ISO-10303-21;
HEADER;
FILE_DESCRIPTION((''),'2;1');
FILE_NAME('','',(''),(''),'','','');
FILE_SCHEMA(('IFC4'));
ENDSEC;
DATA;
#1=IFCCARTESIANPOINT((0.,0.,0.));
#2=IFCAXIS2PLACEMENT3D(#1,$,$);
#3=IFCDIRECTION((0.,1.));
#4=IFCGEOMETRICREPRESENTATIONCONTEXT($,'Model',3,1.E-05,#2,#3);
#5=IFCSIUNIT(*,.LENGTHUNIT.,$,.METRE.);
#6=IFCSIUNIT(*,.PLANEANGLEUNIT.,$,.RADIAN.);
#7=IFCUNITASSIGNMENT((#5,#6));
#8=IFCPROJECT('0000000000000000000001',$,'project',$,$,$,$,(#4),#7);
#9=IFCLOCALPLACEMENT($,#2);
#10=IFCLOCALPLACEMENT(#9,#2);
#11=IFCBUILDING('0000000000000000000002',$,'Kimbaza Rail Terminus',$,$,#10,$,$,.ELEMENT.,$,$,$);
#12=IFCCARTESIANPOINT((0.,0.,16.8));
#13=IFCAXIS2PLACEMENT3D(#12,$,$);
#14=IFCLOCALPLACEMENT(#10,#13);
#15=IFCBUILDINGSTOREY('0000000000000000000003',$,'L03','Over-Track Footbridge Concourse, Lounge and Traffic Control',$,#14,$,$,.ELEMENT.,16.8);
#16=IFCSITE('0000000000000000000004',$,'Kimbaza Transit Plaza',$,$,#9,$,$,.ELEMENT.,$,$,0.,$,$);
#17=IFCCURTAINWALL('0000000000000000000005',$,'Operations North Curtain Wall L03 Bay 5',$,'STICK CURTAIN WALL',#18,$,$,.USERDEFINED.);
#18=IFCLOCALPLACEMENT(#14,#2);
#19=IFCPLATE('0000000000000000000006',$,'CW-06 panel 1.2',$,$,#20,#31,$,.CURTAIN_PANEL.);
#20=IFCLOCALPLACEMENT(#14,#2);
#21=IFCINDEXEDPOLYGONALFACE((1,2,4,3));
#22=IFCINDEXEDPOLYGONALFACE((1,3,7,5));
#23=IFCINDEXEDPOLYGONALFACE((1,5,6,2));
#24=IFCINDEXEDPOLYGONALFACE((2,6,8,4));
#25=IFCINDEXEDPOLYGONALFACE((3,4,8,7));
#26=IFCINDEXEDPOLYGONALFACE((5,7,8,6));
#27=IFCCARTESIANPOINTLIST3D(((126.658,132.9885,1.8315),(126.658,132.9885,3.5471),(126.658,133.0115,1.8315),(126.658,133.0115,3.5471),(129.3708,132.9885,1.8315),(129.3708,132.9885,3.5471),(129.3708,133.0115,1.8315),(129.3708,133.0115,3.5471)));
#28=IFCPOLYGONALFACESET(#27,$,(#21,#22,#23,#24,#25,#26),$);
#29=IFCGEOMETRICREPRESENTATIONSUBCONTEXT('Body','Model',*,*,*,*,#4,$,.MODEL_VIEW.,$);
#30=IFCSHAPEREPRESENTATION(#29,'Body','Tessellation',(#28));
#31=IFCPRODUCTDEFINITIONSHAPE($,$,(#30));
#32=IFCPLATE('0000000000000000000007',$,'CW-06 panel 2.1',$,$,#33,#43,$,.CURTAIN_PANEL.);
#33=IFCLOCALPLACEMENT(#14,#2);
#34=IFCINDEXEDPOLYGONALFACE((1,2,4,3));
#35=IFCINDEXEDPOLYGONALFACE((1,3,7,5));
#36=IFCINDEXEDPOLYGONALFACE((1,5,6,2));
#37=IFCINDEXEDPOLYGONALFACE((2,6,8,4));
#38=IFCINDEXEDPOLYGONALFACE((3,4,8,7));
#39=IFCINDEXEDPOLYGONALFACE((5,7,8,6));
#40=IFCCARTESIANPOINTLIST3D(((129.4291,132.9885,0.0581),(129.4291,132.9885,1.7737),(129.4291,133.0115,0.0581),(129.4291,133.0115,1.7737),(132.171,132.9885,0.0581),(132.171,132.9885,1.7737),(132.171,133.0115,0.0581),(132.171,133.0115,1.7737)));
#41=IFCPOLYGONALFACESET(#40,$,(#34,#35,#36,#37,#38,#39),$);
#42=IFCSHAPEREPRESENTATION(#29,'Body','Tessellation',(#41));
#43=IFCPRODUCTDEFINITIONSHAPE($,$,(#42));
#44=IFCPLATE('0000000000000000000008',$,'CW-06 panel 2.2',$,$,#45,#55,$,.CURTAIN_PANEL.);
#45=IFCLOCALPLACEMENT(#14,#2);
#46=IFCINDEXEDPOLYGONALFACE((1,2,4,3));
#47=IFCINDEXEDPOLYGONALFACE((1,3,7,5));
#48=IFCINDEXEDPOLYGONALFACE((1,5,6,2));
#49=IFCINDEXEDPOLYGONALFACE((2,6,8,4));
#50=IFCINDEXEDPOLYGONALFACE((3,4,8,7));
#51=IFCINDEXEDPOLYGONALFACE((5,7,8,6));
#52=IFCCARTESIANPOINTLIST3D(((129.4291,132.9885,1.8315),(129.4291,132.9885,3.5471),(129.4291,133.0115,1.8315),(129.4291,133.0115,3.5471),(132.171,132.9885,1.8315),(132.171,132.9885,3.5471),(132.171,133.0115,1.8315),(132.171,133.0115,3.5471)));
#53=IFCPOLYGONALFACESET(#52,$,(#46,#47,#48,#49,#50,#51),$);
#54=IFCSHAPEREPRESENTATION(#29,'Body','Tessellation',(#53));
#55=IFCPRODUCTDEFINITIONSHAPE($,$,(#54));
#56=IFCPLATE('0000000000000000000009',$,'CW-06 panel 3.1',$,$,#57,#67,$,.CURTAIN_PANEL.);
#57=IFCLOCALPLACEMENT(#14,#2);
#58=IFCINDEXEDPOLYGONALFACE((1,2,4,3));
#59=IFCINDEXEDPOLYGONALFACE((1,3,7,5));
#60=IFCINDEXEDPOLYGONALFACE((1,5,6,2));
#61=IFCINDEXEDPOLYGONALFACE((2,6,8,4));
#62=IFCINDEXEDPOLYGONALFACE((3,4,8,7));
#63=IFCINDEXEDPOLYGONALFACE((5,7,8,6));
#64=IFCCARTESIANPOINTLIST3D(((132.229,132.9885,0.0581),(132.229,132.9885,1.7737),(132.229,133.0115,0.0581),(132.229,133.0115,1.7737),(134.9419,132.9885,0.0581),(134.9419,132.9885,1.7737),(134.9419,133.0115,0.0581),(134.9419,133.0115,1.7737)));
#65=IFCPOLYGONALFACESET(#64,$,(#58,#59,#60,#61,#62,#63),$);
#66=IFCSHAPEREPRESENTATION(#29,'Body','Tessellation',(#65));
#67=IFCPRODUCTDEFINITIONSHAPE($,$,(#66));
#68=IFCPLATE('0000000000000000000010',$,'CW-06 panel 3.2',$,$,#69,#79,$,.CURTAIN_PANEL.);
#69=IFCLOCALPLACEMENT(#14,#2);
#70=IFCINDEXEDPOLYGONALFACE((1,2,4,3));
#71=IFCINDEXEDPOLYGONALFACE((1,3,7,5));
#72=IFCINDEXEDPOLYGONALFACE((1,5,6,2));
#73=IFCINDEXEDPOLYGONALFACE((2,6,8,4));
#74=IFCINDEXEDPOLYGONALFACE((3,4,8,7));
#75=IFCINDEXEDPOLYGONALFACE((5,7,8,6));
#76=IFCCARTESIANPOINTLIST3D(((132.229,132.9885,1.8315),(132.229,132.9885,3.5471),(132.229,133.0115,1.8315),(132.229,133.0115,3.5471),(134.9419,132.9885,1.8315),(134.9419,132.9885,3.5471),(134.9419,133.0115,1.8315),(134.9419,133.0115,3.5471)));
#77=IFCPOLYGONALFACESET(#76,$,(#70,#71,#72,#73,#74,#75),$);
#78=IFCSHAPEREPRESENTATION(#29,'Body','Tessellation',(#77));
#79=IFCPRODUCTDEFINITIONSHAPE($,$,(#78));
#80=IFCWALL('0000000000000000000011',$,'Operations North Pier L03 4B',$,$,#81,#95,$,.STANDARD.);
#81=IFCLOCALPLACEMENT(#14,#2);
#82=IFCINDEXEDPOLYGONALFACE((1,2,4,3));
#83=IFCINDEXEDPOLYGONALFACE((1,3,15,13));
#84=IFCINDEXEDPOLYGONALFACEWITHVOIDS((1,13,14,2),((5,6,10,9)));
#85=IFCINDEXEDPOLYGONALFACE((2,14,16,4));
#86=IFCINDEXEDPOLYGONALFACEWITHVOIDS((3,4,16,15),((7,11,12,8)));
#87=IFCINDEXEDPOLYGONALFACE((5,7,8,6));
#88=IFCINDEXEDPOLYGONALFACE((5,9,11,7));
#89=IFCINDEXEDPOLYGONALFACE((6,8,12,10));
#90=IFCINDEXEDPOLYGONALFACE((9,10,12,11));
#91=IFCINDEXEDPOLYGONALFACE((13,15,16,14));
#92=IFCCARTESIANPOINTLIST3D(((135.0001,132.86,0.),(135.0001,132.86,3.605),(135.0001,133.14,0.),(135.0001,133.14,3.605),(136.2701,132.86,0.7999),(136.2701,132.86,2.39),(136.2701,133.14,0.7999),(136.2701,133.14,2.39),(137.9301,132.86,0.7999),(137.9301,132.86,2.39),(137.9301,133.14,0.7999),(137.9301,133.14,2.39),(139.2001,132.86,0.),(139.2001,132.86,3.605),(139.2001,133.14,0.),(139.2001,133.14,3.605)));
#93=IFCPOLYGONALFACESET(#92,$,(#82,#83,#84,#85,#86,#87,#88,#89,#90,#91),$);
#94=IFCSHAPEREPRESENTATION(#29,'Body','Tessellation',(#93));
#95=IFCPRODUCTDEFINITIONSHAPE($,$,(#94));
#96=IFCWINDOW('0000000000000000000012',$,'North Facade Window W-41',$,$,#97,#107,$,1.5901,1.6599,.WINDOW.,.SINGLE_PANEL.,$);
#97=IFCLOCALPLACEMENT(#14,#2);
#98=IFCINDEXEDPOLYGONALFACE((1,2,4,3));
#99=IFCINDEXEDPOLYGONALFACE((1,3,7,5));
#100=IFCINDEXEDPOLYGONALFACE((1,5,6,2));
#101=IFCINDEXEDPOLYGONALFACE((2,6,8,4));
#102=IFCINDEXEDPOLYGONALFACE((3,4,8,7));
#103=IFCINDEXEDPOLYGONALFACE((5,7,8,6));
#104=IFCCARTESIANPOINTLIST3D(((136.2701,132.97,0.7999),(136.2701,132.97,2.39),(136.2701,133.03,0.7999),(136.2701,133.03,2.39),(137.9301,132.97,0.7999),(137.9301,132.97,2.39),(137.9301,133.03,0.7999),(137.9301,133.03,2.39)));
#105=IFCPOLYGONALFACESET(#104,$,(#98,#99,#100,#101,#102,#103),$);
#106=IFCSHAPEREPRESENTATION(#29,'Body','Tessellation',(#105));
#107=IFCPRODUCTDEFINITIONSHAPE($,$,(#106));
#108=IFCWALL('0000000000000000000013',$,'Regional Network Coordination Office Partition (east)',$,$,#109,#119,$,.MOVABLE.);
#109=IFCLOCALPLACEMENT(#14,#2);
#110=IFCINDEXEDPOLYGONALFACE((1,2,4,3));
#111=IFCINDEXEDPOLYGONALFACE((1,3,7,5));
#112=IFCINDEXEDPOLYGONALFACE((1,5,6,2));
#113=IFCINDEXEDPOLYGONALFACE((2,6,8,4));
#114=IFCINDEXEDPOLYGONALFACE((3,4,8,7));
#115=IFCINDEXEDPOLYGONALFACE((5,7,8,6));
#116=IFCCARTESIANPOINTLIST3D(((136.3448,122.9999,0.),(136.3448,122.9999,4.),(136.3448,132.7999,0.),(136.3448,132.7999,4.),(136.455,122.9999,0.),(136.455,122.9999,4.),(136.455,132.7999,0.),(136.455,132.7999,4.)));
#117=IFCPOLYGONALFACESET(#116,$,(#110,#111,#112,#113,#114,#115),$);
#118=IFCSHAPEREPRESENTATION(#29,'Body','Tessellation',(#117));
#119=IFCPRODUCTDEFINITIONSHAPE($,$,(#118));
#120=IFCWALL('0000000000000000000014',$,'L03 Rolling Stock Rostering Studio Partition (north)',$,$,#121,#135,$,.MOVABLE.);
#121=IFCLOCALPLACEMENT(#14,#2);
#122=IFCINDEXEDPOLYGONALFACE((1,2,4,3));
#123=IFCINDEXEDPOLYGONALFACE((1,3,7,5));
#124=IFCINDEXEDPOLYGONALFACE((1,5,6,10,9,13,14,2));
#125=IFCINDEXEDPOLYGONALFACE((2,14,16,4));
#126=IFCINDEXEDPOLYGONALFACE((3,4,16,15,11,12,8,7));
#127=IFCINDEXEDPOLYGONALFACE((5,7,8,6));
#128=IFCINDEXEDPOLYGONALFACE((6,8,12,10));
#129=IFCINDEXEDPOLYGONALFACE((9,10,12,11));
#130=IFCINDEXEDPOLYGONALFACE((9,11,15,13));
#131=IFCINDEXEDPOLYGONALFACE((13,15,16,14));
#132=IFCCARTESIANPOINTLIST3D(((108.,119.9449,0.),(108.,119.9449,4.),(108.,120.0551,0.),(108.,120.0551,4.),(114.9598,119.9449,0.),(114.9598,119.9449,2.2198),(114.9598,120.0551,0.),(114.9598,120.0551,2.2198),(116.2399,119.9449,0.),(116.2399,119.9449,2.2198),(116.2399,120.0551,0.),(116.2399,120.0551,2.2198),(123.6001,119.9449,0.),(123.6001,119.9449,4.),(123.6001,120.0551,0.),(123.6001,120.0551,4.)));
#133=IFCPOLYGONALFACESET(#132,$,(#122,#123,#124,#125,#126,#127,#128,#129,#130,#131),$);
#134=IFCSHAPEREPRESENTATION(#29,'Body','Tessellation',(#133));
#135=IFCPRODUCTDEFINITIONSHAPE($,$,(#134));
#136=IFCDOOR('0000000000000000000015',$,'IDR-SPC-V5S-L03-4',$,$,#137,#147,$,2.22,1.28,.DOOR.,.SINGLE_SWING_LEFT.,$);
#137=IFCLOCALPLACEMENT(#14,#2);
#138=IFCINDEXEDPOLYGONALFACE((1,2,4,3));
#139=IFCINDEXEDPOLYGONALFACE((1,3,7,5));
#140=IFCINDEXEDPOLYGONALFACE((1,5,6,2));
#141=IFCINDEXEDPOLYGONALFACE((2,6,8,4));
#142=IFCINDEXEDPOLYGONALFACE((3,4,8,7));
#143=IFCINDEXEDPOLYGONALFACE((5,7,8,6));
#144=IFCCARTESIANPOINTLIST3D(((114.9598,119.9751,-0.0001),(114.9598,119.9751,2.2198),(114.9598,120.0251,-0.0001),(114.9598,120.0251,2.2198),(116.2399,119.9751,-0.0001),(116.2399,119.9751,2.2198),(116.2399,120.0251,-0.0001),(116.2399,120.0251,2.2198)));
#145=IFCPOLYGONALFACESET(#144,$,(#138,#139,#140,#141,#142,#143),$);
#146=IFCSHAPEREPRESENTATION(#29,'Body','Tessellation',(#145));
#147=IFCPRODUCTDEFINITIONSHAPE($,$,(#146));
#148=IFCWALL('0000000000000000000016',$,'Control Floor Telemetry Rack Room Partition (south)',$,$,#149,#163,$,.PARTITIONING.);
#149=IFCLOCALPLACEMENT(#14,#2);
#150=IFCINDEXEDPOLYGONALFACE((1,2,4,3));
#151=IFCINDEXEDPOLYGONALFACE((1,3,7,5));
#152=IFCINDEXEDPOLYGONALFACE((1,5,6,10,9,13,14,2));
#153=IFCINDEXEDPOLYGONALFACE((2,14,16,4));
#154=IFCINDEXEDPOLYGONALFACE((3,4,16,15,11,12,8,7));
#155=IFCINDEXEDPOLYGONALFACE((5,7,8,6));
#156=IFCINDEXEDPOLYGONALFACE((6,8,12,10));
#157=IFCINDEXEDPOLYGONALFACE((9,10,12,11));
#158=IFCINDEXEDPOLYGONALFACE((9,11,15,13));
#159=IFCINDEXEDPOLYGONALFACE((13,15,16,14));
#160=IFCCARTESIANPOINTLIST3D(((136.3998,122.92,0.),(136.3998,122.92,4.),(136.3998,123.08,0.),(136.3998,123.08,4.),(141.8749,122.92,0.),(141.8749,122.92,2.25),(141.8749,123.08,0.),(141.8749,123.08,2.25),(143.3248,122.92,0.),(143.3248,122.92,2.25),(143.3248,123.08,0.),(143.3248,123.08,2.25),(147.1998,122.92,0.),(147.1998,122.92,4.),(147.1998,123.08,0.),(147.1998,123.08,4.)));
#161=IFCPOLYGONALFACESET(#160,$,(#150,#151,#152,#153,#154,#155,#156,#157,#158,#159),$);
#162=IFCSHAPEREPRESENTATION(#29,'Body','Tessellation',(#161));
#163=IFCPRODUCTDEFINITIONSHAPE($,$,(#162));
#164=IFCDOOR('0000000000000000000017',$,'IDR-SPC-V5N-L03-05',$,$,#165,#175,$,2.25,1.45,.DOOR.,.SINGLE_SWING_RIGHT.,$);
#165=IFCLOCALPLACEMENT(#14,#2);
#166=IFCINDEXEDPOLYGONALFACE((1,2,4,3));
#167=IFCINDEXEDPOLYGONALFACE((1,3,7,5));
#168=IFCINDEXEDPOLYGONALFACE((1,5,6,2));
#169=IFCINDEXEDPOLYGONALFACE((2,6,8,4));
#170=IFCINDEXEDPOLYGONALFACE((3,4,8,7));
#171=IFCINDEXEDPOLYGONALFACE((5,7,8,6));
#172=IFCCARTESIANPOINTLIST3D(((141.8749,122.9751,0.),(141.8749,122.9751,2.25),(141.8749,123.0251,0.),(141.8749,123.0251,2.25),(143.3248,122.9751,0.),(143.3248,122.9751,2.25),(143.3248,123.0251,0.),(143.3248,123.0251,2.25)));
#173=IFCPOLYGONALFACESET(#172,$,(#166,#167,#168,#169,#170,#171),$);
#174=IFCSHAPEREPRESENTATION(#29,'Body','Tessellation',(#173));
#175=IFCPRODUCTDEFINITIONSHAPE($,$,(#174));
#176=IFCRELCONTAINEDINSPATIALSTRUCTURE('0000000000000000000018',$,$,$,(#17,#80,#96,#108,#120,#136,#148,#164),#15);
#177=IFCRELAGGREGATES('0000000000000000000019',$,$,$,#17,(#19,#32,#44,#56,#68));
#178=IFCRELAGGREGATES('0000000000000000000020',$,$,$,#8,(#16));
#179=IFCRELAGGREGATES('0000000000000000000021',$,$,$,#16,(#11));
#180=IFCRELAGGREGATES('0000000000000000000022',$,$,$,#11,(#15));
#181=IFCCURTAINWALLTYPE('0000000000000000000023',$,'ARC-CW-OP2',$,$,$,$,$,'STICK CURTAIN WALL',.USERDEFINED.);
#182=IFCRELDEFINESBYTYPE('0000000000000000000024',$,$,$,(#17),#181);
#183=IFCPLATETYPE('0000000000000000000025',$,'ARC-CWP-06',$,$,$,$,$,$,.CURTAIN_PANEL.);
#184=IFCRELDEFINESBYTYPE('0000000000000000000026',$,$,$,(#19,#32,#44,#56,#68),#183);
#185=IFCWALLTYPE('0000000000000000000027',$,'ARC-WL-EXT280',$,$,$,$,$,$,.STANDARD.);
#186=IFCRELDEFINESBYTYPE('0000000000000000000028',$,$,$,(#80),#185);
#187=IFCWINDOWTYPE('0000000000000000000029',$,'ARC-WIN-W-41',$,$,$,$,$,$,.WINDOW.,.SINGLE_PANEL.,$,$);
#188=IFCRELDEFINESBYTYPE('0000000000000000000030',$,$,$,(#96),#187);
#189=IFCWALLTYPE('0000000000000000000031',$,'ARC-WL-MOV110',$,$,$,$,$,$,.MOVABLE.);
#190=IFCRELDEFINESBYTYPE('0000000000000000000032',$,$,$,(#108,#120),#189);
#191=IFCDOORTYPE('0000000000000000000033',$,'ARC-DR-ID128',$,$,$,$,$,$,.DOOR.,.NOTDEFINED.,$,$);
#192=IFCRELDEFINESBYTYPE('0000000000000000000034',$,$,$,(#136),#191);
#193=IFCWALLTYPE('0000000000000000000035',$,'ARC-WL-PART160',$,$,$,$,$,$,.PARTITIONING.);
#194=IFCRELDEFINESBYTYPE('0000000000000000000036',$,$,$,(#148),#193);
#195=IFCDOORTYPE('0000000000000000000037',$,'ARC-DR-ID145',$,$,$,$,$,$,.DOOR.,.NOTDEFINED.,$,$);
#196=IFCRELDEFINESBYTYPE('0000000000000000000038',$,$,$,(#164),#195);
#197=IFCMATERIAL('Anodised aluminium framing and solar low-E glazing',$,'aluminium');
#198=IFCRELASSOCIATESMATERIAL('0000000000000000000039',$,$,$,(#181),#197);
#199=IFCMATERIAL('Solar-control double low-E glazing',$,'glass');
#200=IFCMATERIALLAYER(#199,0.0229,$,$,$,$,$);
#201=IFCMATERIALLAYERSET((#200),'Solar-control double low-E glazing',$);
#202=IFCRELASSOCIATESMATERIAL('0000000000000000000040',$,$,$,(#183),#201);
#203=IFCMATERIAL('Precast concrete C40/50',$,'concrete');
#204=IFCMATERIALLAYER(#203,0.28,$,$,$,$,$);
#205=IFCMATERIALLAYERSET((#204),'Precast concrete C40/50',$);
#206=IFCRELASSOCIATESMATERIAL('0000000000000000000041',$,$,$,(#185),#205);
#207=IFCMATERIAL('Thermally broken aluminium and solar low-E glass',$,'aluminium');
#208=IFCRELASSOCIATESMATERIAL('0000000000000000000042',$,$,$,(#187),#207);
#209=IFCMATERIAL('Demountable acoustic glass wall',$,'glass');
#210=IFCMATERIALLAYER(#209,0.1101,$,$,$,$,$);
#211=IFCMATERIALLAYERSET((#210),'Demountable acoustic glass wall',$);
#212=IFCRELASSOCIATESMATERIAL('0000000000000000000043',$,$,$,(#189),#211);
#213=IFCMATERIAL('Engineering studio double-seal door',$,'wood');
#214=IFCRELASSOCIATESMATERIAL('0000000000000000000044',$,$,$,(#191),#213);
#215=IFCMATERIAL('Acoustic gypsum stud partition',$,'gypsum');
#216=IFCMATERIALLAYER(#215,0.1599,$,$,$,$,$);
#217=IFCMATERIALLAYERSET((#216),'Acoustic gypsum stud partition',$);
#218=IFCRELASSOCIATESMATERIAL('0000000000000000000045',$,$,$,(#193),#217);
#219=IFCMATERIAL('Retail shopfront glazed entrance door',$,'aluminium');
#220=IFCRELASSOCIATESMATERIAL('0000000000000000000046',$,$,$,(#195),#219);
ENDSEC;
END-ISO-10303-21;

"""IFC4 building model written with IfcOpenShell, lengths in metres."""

from ifc_helpers import new_model, si_unit, direction, frame, frame_2d, origin, origin_2d, place, context, subcontext, project, spatial, rectangle, extrude, material, layer, layer_set, type_object, element, fill, aggregate, save


model = new_model("IFC4")

# Units and contexts
model_context = context("Model", 3, precision=1e-05, world=origin(), true_north=direction((0.0, 1.0)))
body_context = subcontext(model_context, "Body", "Model", "MODEL_VIEW")
ifc_project = project(units=[si_unit("LENGTHUNIT", "METRE"), si_unit("PLANEANGLEUNIT", "RADIAN")], contexts=[model_context])

# Site, building, storey
site_placement = place(None, origin())
site = spatial("IfcSite", under=ifc_project, at=site_placement, Name="Kimbaza Transit Plaza", CompositionType="ELEMENT", RefElevation=0.0)
building_placement = place(site_placement, origin())
building = spatial("IfcBuilding", under=site, at=building_placement, Name="Kimbaza Rail Terminus", CompositionType="ELEMENT")
storey_placement = place(building_placement, frame((0.0, 0.0, 16.8)))
storey = spatial("IfcBuildingStorey", under=building, at=storey_placement, Name="L03", Description="Over-Track Footbridge Concourse, Lounge and Traffic Control", CompositionType="ELEMENT", Elevation=16.8)

# Curtain wall, plates
ifc_material_1 = material(Name="Anodised aluminium framing and solar low-E glazing", Category="aluminium")
curtain_wall_type = type_object("IfcCurtainWallType", Name="ARC-CW-OP2", ElementType="STICK CURTAIN WALL", PredefinedType="USERDEFINED", material=ifc_material_1)
curtain_wall_placement = place(storey_placement, origin())
curtain_wall = element("IfcCurtainWall", 1, at=curtain_wall_placement, inside=storey, type_object=curtain_wall_type, Name="Operations North Curtain Wall L03 Bay 5", ObjectType="STICK CURTAIN WALL", PredefinedType="USERDEFINED")
ifc_material_2 = material(Name="Solar-control double low-E glazing", Category="glass")
ifc_layer_1 = layer(ifc_material_2, 0.0229)
ifc_layer_set_1 = layer_set([ifc_layer_1], Name="Solar-control double low-E glazing")
plate_type = type_object("IfcPlateType", Name="ARC-CWP-06", PredefinedType="CURTAIN_PANEL", material=ifc_layer_set_1)
plate_1_placement = place(storey_placement, frame((128.0144, 133.0, 1.8315), z_axis=(0.0, 0.0, 1.0), x_axis=(1.0, 0.0, 0.0)))
plate_1 = element("IfcPlate", 2, at=plate_1_placement, type_object=plate_type, Name="CW-06 panel 1.2", PredefinedType="CURTAIN_PANEL", context=body_context, shape_type="SweptSolid", body=[
    extrude(rectangle(XDim=2.7129, YDim=0.0229, at=origin_2d()), origin(), (0.0, 0.0, 1.0), 1.7156),
])
plate_2_placement = place(storey_placement, frame((130.8, 133.0, 0.0581), z_axis=(0.0, 0.0, 1.0), x_axis=(1.0, 0.0, 0.0)))
plate_2 = element("IfcPlate", 3, at=plate_2_placement, type_object=plate_type, Name="CW-06 panel 2.1", PredefinedType="CURTAIN_PANEL", context=body_context, shape_type="SweptSolid", body=[
    extrude(rectangle(XDim=2.7419, YDim=0.0229, at=origin_2d()), origin(), (0.0, 0.0, 1.0), 1.7156),
])
plate_3_placement = place(storey_placement, frame((130.8, 133.0, 1.8315), z_axis=(0.0, 0.0, 1.0), x_axis=(1.0, 0.0, 0.0)))
plate_3 = element("IfcPlate", 4, at=plate_3_placement, type_object=plate_type, Name="CW-06 panel 2.2", PredefinedType="CURTAIN_PANEL", context=body_context, shape_type="SweptSolid", body=[
    extrude(rectangle(XDim=2.7419, YDim=0.0229, at=origin_2d()), origin(), (0.0, 0.0, 1.0), 1.7156),
])
plate_4_placement = place(storey_placement, frame((133.5854, 133.0, 0.0581), z_axis=(0.0, 0.0, 1.0), x_axis=(1.0, 0.0, 0.0)))
plate_4 = element("IfcPlate", 5, at=plate_4_placement, type_object=plate_type, Name="CW-06 panel 3.1", PredefinedType="CURTAIN_PANEL", context=body_context, shape_type="SweptSolid", body=[
    extrude(rectangle(XDim=2.7129, YDim=0.0229, at=origin_2d()), origin(), (0.0, 0.0, 1.0), 1.7156),
])
plate_5_placement = place(storey_placement, frame((133.5854, 133.0, 1.8315), z_axis=(0.0, 0.0, 1.0), x_axis=(1.0, 0.0, 0.0)))
plate_5 = element("IfcPlate", 6, at=plate_5_placement, type_object=plate_type, Name="CW-06 panel 3.2", PredefinedType="CURTAIN_PANEL", context=body_context, shape_type="SweptSolid", body=[
    extrude(rectangle(XDim=2.7129, YDim=0.0229, at=origin_2d()), origin(), (0.0, 0.0, 1.0), 1.7156),
])
aggregate(curtain_wall, [plate_1, plate_2, plate_3, plate_4, plate_5])

# Wall, opening, window
ifc_material_3 = material(Name="Precast concrete C40/50", Category="concrete")
ifc_layer_2 = layer(ifc_material_3, 0.28)
ifc_layer_set_2 = layer_set([ifc_layer_2], Name="Precast concrete C40/50")
wall_type_1 = type_object("IfcWallType", Name="ARC-WL-EXT280", PredefinedType="STANDARD", material=ifc_layer_set_2)
wall_1_placement = place(storey_placement, frame((135.0, 133.0, 0.0), z_axis=(0.0, 0.0, 1.0), x_axis=(1.0, 0.0, 0.0)))
wall_1 = element("IfcWall", 7, at=wall_1_placement, inside=storey, type_object=wall_type_1, Name="Operations North Pier L03 4B", PredefinedType="STANDARD", context=body_context, shape_type="SweptSolid", body=[
    extrude(rectangle(XDim=4.2, YDim=0.28, at=frame_2d((2.1001, 0.0))), origin(), (0.0, 0.0, 1.0), 3.605),
])
opening_1_placement = place(wall_1_placement, frame((1.27, 0.0, 0.8)))
opening_1 = element("IfcOpeningElement", 8, at=opening_1_placement, cuts=wall_1, PredefinedType="OPENING", context=body_context, shape_type="SweptSolid", body=[
    extrude(rectangle(XDim=1.6599, YDim=1.5901, at=frame_2d((0.8301, 0.7949))), frame((0.0, 0.1499, 0.0), z_axis=(0.0, -1.0, 0.0), x_axis=(1.0, 0.0, 0.0)), (0.0, 0.0, 1.0), 0.3),
])
ifc_material_4 = material(Name="Thermally broken aluminium and solar low-E glass", Category="aluminium")
window_type = type_object("IfcWindowType", Name="ARC-WIN-W-41", PartitioningType="SINGLE_PANEL", PredefinedType="WINDOW", material=ifc_material_4)
window_placement = place(opening_1_placement, origin())
window = element("IfcWindow", 9, at=window_placement, inside=storey, type_object=window_type, Name="North Facade Window W-41", OverallHeight=1.5901, OverallWidth=1.6599, PartitioningType="SINGLE_PANEL", PredefinedType="WINDOW", context=body_context, shape_type="SweptSolid", body=[
    extrude(rectangle(XDim=1.6599, YDim=1.5901, at=frame_2d((0.8301, 0.7949))), frame((0.0, 0.03, 0.0), z_axis=(0.0, -1.0, 0.0), x_axis=(1.0, 0.0, 0.0)), (0.0, 0.0, 1.0), 0.0601),
])
fill(opening_1, window)

# Wall
ifc_material_5 = material(Name="Demountable acoustic glass wall", Category="glass")
ifc_layer_3 = layer(ifc_material_5, 0.1101)
ifc_layer_set_3 = layer_set([ifc_layer_3], Name="Demountable acoustic glass wall")
wall_type_2 = type_object("IfcWallType", Name="ARC-WL-MOV110", PredefinedType="MOVABLE", material=ifc_layer_set_3)
wall_2_placement = place(storey_placement, frame((136.3999, 123.0, 0.0), z_axis=(0.0, 0.0, 1.0), x_axis=(0.0, 1.0, 0.0)))
element("IfcWall", 10, at=wall_2_placement, inside=storey, type_object=wall_type_2, Name="Regional Network Coordination Office Partition (east)", PredefinedType="MOVABLE", context=body_context, shape_type="SweptSolid", body=[
    extrude(rectangle(XDim=9.8, YDim=0.1101, at=frame_2d((4.8999, 0.0))), origin(), (0.0, 0.0, 1.0), 4.0),
])

# Walls, openings, doors
wall_3_placement = place(storey_placement, frame((123.6001, 120.0, 0.0), z_axis=(0.0, 0.0, 1.0), x_axis=(-1.0, 0.0, 0.0)))
wall_3 = element("IfcWall", 11, at=wall_3_placement, inside=storey, type_object=wall_type_2, Name="L03 Rolling Stock Rostering Studio Partition (north)", PredefinedType="MOVABLE", context=body_context, shape_type="SweptSolid", body=[
    extrude(rectangle(XDim=15.6001, YDim=0.1101, at=frame_2d((7.8, 0.0))), origin(), (0.0, 0.0, 1.0), 4.0),
])
opening_2_placement = place(wall_3_placement, frame((7.3601, 0.0, 0.0)))
opening_2 = element("IfcOpeningElement", 12, at=opening_2_placement, cuts=wall_3, PredefinedType="OPENING", context=body_context, shape_type="SweptSolid", body=[
    extrude(rectangle(XDim=1.28, YDim=2.22, at=frame_2d((0.6401, 1.1099))), frame((0.0, 0.0649, 0.0), z_axis=(0.0, -1.0, 0.0), x_axis=(1.0, 0.0, 0.0)), (0.0, 0.0, 1.0), 0.1301),
])
ifc_material_6 = material(Name="Engineering studio double-seal door", Category="wood")
door_type_1 = type_object("IfcDoorType", Name="ARC-DR-ID128", OperationType="NOTDEFINED", PredefinedType="DOOR", material=ifc_material_6)
door_1_placement = place(opening_2_placement, origin())
door_1 = element("IfcDoor", 13, at=door_1_placement, inside=storey, type_object=door_type_1, Name="IDR-SPC-V5S-L03-4", OperationType="SINGLE_SWING_LEFT", OverallHeight=2.22, OverallWidth=1.28, PredefinedType="DOOR", context=body_context, shape_type="SweptSolid", body=[
    extrude(rectangle(XDim=1.28, YDim=2.22, at=frame_2d((0.6401, 1.1099))), frame((0.0, 0.0249, 0.0), z_axis=(0.0, -1.0, 0.0), x_axis=(1.0, 0.0, 0.0)), (0.0, 0.0, 1.0), 0.05),
])
fill(opening_2, door_1)
ifc_material_7 = material(Name="Acoustic gypsum stud partition", Category="gypsum")
ifc_layer_4 = layer(ifc_material_7, 0.1599)
ifc_layer_set_4 = layer_set([ifc_layer_4], Name="Acoustic gypsum stud partition")
wall_type_3 = type_object("IfcWallType", Name="ARC-WL-PART160", PredefinedType="PARTITIONING", material=ifc_layer_set_4)
wall_4_placement = place(storey_placement, frame((136.3999, 123.0, 0.0), z_axis=(0.0, 0.0, 1.0), x_axis=(1.0, 0.0, 0.0)))
wall_4 = element("IfcWall", 14, at=wall_4_placement, inside=storey, type_object=wall_type_3, Name="Control Floor Telemetry Rack Room Partition (south)", PredefinedType="PARTITIONING", context=body_context, shape_type="SweptSolid", body=[
    extrude(rectangle(XDim=10.8, YDim=0.1599, at=frame_2d((5.3999, 0.0))), origin(), (0.0, 0.0, 1.0), 4.0),
])
opening_3_placement = place(wall_4_placement, frame((6.925, 0.0, 0.0), z_axis=(0.0, 0.0, 1.0), x_axis=(-1.0, 0.0, 0.0)))
opening_3 = element("IfcOpeningElement", 15, at=opening_3_placement, cuts=wall_4, PredefinedType="OPENING", context=body_context, shape_type="SweptSolid", body=[
    extrude(rectangle(XDim=1.45, YDim=2.25, at=frame_2d((0.7251, 1.125))), frame((0.0, 0.0898, 0.0), z_axis=(0.0, -1.0, 0.0), x_axis=(1.0, 0.0, 0.0)), (0.0, 0.0, 1.0), 0.1799),
])
ifc_material_8 = material(Name="Retail shopfront glazed entrance door", Category="aluminium")
door_type_2 = type_object("IfcDoorType", Name="ARC-DR-ID145", OperationType="NOTDEFINED", PredefinedType="DOOR", material=ifc_material_8)
door_2_placement = place(opening_3_placement, origin())
door_2 = element("IfcDoor", 16, at=door_2_placement, inside=storey, type_object=door_type_2, Name="IDR-SPC-V5N-L03-05", OperationType="SINGLE_SWING_RIGHT", OverallHeight=2.25, OverallWidth=1.45, PredefinedType="DOOR", context=body_context, shape_type="SweptSolid", body=[
    extrude(rectangle(XDim=1.45, YDim=2.25, at=frame_2d((0.7251, 1.125))), frame((0.0, 0.0249, 0.0), z_axis=(0.0, -1.0, 0.0), x_axis=(1.0, 0.0, 0.0)), (0.0, 0.0, 1.0), 0.05),
])
fill(opening_3, door_2)

save(model, "model.ifc")
